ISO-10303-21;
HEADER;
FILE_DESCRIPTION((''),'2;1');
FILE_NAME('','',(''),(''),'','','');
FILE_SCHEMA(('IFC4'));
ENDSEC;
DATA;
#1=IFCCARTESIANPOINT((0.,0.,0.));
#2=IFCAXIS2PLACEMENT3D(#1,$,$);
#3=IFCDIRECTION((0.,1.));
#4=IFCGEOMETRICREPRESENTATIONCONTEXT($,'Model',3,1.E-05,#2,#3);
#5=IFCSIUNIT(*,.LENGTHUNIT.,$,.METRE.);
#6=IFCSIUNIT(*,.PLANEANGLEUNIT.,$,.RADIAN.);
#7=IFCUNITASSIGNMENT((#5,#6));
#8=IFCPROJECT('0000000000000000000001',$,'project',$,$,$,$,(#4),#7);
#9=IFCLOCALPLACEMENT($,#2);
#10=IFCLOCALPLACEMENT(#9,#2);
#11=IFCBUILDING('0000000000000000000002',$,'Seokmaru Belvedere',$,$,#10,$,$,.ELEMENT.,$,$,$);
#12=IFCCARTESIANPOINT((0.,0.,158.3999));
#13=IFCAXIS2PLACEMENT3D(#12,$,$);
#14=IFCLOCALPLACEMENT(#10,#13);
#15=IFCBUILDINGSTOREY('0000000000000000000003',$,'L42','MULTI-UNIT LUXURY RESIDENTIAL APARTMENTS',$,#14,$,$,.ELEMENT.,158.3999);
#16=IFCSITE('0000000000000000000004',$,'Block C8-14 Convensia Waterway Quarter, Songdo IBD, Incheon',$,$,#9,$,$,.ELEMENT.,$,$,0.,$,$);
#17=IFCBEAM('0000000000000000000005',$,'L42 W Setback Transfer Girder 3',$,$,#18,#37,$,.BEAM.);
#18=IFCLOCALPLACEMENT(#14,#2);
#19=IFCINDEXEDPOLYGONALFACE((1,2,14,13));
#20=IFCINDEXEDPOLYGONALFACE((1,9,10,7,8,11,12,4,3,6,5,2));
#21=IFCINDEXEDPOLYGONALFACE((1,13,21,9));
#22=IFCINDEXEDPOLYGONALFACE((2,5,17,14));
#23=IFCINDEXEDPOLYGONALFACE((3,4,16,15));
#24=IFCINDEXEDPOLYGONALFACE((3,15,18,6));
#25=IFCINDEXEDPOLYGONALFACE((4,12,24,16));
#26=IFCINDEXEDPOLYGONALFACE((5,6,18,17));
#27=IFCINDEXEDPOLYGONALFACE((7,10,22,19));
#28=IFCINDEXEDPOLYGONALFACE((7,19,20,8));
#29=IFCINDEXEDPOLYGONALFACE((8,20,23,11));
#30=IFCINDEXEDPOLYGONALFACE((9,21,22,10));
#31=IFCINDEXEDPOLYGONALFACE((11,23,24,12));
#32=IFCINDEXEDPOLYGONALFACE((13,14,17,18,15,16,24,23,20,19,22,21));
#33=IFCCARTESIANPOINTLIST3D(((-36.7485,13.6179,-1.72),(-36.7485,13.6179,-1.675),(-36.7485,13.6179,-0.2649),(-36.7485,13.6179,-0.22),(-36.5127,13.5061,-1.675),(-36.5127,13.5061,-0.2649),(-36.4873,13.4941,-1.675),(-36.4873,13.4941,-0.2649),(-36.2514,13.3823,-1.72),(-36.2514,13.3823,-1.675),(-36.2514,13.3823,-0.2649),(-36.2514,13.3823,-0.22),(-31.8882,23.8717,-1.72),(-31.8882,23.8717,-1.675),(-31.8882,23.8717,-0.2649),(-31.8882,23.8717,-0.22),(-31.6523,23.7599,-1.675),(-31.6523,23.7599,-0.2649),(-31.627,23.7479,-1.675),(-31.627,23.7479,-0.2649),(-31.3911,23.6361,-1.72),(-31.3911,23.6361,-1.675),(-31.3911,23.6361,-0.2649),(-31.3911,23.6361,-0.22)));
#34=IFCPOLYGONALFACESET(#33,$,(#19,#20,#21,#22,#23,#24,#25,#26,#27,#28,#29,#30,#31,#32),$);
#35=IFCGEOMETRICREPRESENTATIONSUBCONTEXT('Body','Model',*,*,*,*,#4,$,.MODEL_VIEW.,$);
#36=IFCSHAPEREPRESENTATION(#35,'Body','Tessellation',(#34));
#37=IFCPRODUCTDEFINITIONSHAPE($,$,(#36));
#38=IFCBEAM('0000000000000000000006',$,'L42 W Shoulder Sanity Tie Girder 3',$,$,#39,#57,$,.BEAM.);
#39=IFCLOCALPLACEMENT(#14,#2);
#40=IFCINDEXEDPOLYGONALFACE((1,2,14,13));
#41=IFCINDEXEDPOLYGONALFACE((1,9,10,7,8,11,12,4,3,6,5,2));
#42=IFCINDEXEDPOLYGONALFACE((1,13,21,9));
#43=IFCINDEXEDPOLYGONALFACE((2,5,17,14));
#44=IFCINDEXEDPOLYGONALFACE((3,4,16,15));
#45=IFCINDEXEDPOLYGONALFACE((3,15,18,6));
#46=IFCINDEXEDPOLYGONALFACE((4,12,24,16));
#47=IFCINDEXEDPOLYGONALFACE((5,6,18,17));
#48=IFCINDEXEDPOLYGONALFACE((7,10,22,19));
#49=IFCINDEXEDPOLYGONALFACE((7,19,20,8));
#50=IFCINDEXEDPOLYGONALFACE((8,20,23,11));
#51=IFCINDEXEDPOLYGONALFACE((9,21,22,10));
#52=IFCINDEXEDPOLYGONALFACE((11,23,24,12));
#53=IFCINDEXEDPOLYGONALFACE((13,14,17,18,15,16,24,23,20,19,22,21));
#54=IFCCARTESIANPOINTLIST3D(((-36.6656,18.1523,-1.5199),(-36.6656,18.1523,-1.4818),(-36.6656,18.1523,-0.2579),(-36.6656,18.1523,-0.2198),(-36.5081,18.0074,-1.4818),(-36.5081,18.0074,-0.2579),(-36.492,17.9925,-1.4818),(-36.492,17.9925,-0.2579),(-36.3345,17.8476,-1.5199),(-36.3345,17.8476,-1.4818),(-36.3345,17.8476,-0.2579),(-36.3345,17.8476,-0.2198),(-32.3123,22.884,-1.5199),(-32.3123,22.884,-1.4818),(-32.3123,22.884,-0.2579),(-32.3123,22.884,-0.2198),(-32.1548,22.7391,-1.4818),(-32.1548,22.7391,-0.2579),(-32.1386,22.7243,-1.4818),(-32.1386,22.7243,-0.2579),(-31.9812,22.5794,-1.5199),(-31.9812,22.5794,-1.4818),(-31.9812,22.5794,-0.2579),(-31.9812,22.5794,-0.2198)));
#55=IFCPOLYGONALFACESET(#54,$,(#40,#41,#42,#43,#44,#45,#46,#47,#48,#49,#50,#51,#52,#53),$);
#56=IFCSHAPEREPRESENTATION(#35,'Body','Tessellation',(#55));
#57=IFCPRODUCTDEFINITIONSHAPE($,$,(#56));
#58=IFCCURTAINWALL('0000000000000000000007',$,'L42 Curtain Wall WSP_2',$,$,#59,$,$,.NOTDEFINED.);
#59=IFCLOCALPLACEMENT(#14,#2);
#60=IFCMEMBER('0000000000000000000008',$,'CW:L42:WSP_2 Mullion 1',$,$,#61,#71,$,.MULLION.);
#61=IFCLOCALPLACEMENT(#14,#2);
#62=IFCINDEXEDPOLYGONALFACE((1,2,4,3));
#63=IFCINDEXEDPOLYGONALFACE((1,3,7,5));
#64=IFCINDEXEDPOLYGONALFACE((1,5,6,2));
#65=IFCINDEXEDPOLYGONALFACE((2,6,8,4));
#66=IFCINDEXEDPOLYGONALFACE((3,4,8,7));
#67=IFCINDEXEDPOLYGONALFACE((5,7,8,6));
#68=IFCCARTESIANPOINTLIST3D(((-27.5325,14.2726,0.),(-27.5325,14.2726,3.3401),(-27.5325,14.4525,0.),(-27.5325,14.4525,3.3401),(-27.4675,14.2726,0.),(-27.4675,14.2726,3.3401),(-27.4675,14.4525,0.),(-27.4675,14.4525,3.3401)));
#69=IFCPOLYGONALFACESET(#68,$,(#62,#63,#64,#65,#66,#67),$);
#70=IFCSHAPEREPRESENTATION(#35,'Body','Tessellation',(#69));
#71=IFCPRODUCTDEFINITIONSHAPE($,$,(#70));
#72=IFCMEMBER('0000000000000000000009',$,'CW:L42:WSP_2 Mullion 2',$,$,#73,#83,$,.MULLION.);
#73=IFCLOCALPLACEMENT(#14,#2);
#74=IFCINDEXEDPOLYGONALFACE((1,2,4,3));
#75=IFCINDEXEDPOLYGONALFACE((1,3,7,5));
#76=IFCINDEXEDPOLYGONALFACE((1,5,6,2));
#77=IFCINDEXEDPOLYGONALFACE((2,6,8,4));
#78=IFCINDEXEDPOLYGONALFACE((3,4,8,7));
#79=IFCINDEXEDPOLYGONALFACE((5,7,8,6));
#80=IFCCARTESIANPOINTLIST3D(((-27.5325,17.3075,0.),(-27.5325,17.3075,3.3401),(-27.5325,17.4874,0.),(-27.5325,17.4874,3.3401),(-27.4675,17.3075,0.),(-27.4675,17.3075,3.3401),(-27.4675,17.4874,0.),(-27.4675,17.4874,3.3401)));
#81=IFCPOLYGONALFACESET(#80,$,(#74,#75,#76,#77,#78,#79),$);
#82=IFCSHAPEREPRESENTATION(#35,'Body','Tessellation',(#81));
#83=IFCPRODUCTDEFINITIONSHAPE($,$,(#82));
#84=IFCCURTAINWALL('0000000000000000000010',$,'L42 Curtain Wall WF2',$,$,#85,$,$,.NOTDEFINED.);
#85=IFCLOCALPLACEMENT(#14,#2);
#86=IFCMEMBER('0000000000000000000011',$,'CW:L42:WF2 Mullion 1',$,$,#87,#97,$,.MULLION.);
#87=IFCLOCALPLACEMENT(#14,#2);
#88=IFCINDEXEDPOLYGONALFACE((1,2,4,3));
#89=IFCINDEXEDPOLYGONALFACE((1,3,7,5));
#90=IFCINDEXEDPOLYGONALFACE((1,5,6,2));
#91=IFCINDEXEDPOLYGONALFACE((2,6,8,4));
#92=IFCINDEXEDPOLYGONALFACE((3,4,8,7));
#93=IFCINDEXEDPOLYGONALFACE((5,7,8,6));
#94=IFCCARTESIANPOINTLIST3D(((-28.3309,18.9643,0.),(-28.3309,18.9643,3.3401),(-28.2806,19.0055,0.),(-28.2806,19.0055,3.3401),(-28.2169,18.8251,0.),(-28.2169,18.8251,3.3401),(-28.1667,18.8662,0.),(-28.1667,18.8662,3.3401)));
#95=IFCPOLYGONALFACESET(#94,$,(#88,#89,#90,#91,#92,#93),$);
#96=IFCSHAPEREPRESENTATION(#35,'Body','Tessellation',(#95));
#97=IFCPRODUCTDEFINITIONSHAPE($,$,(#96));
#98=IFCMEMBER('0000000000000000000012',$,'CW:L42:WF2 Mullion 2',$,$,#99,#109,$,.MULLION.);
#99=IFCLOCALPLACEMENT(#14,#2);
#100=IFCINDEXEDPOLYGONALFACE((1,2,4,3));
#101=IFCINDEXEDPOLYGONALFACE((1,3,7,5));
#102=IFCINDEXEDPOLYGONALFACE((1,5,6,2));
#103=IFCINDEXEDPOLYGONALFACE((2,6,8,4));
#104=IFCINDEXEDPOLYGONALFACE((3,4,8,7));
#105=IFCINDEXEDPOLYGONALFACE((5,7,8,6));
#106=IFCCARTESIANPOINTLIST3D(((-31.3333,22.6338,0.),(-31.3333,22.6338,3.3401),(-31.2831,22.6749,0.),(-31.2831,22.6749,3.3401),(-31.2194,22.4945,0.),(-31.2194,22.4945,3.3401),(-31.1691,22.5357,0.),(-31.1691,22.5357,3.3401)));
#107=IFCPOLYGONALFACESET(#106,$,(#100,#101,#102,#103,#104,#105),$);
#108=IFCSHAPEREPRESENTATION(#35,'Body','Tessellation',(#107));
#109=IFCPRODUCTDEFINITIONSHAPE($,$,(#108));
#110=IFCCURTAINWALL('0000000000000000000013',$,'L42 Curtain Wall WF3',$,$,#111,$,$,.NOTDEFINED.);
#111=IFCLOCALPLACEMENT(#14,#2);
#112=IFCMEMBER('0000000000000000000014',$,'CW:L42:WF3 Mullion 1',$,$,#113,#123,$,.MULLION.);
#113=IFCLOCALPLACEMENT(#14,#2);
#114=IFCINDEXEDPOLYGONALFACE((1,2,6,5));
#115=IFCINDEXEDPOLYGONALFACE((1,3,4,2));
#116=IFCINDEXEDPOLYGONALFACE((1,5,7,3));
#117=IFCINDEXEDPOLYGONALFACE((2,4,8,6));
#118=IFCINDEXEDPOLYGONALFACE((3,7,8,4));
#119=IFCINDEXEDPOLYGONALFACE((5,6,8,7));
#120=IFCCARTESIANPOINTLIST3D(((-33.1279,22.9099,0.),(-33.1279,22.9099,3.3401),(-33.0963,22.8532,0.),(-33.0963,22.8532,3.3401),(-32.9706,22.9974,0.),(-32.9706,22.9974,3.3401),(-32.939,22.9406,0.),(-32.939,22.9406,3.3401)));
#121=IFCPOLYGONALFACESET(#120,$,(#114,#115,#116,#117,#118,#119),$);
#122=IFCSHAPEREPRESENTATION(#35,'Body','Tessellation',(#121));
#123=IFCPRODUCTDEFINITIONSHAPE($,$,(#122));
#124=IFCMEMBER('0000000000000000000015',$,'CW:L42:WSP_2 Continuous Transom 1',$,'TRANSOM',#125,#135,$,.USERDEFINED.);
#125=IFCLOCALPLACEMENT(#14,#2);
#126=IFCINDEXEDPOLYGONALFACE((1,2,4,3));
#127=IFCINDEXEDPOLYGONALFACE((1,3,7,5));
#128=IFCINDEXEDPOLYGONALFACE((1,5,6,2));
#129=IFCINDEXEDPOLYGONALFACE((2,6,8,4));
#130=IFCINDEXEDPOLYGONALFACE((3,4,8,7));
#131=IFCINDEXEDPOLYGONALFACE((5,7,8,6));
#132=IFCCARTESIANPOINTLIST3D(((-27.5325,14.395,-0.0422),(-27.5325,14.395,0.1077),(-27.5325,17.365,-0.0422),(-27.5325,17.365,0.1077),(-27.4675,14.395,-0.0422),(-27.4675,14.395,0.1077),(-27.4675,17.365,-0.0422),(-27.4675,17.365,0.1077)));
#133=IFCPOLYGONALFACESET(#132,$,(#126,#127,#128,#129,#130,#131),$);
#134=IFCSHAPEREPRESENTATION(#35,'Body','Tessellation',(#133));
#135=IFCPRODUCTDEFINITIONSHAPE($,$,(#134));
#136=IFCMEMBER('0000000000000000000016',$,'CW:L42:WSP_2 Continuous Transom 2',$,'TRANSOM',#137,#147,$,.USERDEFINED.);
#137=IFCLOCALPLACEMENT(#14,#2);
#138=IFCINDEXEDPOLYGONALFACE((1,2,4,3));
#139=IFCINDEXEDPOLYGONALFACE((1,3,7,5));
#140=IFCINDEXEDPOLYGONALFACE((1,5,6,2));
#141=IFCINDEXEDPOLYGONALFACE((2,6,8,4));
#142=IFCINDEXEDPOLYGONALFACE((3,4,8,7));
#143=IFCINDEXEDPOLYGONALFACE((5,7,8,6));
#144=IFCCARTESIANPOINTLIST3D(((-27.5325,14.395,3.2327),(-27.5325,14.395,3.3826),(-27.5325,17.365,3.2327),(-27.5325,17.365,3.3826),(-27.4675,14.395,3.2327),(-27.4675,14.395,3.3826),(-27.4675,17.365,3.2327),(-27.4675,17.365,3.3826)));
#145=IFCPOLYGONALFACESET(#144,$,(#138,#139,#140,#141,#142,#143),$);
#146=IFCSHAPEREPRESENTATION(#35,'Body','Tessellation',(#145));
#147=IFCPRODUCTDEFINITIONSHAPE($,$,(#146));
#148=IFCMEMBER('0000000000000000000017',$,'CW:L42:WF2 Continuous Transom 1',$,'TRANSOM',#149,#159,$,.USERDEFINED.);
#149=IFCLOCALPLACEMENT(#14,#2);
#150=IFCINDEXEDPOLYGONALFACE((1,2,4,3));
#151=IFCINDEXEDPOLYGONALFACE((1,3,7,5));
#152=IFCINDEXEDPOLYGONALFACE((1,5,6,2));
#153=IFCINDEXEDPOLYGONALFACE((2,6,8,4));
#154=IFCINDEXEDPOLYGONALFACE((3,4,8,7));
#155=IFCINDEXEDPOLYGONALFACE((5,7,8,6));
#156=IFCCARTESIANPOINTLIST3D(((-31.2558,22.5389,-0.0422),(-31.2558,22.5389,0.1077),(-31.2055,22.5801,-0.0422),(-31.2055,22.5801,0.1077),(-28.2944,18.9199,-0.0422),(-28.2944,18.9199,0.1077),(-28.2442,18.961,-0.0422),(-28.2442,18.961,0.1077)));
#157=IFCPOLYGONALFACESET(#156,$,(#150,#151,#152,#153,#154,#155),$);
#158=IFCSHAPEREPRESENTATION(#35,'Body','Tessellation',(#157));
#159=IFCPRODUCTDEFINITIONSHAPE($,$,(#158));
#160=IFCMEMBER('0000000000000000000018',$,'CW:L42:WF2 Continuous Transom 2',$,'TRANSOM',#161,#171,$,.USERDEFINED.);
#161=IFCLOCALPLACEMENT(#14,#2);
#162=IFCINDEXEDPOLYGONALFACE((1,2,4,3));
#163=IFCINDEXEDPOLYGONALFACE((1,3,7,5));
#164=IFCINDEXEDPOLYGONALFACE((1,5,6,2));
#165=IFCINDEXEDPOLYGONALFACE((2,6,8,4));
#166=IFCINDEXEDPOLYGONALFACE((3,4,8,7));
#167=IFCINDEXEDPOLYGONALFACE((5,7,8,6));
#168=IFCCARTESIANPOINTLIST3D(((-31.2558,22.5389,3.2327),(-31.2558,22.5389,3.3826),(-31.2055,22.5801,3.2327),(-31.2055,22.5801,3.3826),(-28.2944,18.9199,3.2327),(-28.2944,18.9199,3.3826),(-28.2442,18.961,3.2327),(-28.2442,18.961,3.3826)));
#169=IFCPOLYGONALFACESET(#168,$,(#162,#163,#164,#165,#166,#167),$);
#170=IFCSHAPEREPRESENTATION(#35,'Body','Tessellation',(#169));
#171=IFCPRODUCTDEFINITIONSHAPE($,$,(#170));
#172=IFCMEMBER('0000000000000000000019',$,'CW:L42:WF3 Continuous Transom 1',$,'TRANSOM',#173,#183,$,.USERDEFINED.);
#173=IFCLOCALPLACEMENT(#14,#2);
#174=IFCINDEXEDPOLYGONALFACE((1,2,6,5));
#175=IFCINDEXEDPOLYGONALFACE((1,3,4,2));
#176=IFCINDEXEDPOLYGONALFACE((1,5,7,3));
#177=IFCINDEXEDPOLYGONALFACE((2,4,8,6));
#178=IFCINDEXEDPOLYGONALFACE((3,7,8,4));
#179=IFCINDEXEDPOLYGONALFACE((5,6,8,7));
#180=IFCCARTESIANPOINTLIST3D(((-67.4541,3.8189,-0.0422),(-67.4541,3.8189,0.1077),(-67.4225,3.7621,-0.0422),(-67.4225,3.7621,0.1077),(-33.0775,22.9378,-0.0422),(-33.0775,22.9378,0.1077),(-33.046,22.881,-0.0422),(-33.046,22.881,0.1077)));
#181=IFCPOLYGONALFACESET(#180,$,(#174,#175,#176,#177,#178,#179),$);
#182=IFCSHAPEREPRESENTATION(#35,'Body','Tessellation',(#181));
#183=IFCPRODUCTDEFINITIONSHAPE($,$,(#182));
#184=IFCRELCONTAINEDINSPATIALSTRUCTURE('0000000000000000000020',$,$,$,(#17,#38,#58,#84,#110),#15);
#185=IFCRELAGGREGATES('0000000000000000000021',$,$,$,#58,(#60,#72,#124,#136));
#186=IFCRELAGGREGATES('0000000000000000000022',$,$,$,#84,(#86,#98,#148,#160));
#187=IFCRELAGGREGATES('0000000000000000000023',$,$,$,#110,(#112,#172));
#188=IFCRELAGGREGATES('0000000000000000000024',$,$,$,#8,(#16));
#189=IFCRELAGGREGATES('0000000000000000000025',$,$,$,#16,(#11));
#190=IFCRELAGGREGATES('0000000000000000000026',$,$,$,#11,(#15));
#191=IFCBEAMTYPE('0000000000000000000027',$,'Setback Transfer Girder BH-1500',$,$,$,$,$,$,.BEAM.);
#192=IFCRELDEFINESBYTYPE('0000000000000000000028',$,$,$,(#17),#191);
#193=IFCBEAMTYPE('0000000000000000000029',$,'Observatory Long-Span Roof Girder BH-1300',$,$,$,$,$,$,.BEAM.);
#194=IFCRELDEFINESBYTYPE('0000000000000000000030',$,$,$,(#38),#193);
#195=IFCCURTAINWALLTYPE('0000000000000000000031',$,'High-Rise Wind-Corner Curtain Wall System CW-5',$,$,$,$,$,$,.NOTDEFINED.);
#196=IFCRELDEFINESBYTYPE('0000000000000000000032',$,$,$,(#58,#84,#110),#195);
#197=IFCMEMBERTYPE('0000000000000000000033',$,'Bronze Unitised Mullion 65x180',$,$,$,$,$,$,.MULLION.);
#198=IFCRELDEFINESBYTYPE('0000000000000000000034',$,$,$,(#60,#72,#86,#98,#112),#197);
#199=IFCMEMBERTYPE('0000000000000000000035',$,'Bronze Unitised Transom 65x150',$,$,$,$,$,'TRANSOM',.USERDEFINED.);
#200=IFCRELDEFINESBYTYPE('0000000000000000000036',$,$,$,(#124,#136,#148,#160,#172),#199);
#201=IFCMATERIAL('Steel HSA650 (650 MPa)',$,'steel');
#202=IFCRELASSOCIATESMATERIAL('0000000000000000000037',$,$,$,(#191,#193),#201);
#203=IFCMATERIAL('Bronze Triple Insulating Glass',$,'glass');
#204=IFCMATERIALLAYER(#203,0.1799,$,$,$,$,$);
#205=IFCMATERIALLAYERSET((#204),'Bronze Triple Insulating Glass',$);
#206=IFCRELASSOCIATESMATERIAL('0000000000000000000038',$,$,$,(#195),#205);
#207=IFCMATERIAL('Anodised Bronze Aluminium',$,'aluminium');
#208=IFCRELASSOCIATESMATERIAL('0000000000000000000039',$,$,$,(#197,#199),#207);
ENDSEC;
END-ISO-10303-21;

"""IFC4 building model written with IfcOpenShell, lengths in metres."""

from ifc_helpers import new_model, si_unit, direction, frame, origin, origin_2d, place, context, subcontext, project, spatial, rectangle, i_section, extrude, source, transform, mapped, material, layer, layer_set, material_profile, profile_set, type_object, type_shapes, element, aggregate, save


model = new_model("IFC4")

# Units and contexts
model_context = context("Model", 3, precision=1e-05, world=origin(), true_north=direction((0.0, 1.0)))
body_context = subcontext(model_context, "Body", "Model", "MODEL_VIEW")
ifc_project = project(units=[si_unit("LENGTHUNIT", "METRE"), si_unit("PLANEANGLEUNIT", "RADIAN")], contexts=[model_context])

# Site, building, storey
site_placement = place(None, origin())
site = spatial("IfcSite", under=ifc_project, at=site_placement, Name="Block C8-14 Convensia Waterway Quarter, Songdo IBD, Incheon", CompositionType="ELEMENT", RefElevation=0.0)
building_placement = place(site_placement, origin())
building = spatial("IfcBuilding", under=site, at=building_placement, Name="Seokmaru Belvedere", CompositionType="ELEMENT")
storey_placement = place(building_placement, frame((0.0, 0.0, 158.3999)))
storey = spatial("IfcBuildingStorey", under=building, at=storey_placement, Name="L42", Description="MULTI-UNIT LUXURY RESIDENTIAL APARTMENTS", CompositionType="ELEMENT", Elevation=158.3999)

# Shared definitions
ifc_material_1 = material(Name="Steel HSA650 (650 MPa)", Category="steel")

# Beams
ifc_material_profile_1 = material_profile(ifc_material_1, i_section(OverallWidth=0.55, OverallDepth=1.5, WebThickness=0.0281, FlangeThickness=0.0449, at=origin_2d()), Name="BH-1500x550x28x45")
ifc_profile_set_1 = profile_set([ifc_material_profile_1], Name="Steel HSA650 (650 MPa)")
beam_type_1 = type_object("IfcBeamType", Name="Setback Transfer Girder BH-1500", PredefinedType="BEAM", material=ifc_profile_set_1)
ifc_material_profile_2 = material_profile(ifc_material_1, i_section(OverallWidth=0.45, OverallDepth=1.3, WebThickness=0.022, FlangeThickness=0.0381, at=origin_2d()), Name="BH-1300x450x22x38")
ifc_profile_set_2 = profile_set([ifc_material_profile_2], Name="Steel HSA650 (650 MPa)")
beam_type_2 = type_object("IfcBeamType", Name="Observatory Long-Span Roof Girder BH-1300", PredefinedType="BEAM", material=ifc_profile_set_2)
shared_shape_1 = source(origin(), body_context, "Body", "SweptSolid", [
    extrude(i_section(OverallWidth=0.55, OverallDepth=1.5, WebThickness=0.0281, FlangeThickness=0.0449, at=origin_2d()), origin(), (0.0, 0.0, 1.0), 11.3474),
])
beam_1_placement = place(storey_placement, frame((-31.6396, 23.7539, -0.97), z_axis=(-0.428319, -0.903627, 0.0), x_axis=(0.903627, -0.428319, 0.0)))
element("IfcBeam", 1, at=beam_1_placement, inside=storey, type_object=beam_type_1, Name="L42 W Setback Transfer Girder 3", PredefinedType="BEAM", context=body_context, shape_type="MappedRepresentation", body=[
    mapped(shared_shape_1, transform((0.0, 0.0, 0.0), scale=1.0)),
])
shared_shape_2 = source(origin(), body_context, "Body", "SweptSolid", [
    extrude(i_section(OverallWidth=0.45, OverallDepth=1.3, WebThickness=0.022, FlangeThickness=0.0381, at=origin_2d()), origin(), (0.0, 0.0, 1.0), 6.4297),
])
beam_2_placement = place(storey_placement, frame((-32.1467, 22.7317, -0.8699), z_axis=(-0.677066, -0.735922, 0.0), x_axis=(0.735922, -0.677066, 0.0)))
element("IfcBeam", 2, at=beam_2_placement, inside=storey, type_object=beam_type_2, Name="L42 W Shoulder Sanity Tie Girder 3", PredefinedType="BEAM", context=body_context, shape_type="MappedRepresentation", body=[
    mapped(shared_shape_2, transform((0.0, 0.0, 0.0), scale=1.0)),
])

# Curtain walls, members
ifc_material_2 = material(Name="Bronze Triple Insulating Glass", Category="glass")
ifc_layer_1 = layer(ifc_material_2, 0.1799)
ifc_layer_set_1 = layer_set([ifc_layer_1], Name="Bronze Triple Insulating Glass")
curtain_wall_type = type_object("IfcCurtainWallType", Name="High-Rise Wind-Corner Curtain Wall System CW-5", PredefinedType="NOTDEFINED", material=ifc_layer_set_1)
curtain_wall_1_placement = place(storey_placement, origin())
curtain_wall_1 = element("IfcCurtainWall", 3, at=curtain_wall_1_placement, inside=storey, type_object=curtain_wall_type, Name="L42 Curtain Wall WSP_2", PredefinedType="NOTDEFINED")
ifc_material_3 = material(Name="Anodised Bronze Aluminium", Category="aluminium")
ifc_material_profile_3 = material_profile(ifc_material_3, rectangle(XDim=0.0649, YDim=0.1799, at=origin_2d()), Name="CW-M-65x180")
ifc_profile_set_3 = profile_set([ifc_material_profile_3], Name="Anodised Bronze Aluminium")
member_type_1 = type_object("IfcMemberType", Name="Bronze Unitised Mullion 65x180", PredefinedType="MULLION", material=ifc_profile_set_3)
shared_shape_3 = source(origin(), body_context, "Body", "SweptSolid", [
    extrude(rectangle(XDim=0.0649, YDim=0.1799, at=origin_2d()), origin(), (0.0, 0.0, 1.0), 3.3401),
])
type_shapes(member_type_1, [shared_shape_3])
member_1_placement = place(storey_placement, frame((-27.5, 14.3625, 0.0), z_axis=(0.0, 0.0, 1.0), x_axis=(-1.0, 0.0, 0.0)))
member_1 = element("IfcMember", 4, at=member_1_placement, type_object=member_type_1, Name="CW:L42:WSP_2 Mullion 1", PredefinedType="MULLION", context=body_context, shape_type="MappedRepresentation", body=[
    mapped(shared_shape_3, transform((0.0, 0.0, 0.0), scale=1.0)),
])
member_2_placement = place(storey_placement, frame((-27.5, 17.3975, 0.0), z_axis=(0.0, 0.0, 1.0), x_axis=(-1.0, 0.0, 0.0)))
member_2 = element("IfcMember", 5, at=member_2_placement, type_object=member_type_1, Name="CW:L42:WSP_2 Mullion 2", PredefinedType="MULLION", context=body_context, shape_type="MappedRepresentation", body=[
    mapped(shared_shape_3, transform((0.0, 0.0, 0.0), scale=1.0)),
])
curtain_wall_2_placement = place(storey_placement, origin())
curtain_wall_2 = element("IfcCurtainWall", 6, at=curtain_wall_2_placement, inside=storey, type_object=curtain_wall_type, Name="L42 Curtain Wall WF2", PredefinedType="NOTDEFINED")
member_3_placement = place(storey_placement, frame((-28.2488, 18.9153, 0.0), z_axis=(0.0, 0.0, 1.0), x_axis=(-0.773944, -0.633254, 0.0)))
member_3 = element("IfcMember", 7, at=member_3_placement, type_object=member_type_1, Name="CW:L42:WF2 Mullion 1", PredefinedType="MULLION", context=body_context, shape_type="MappedRepresentation", body=[
    mapped(shared_shape_3, transform((0.0, 0.0, 0.0), scale=1.0)),
])
member_4_placement = place(storey_placement, frame((-31.2512, 22.5847, 0.0), z_axis=(0.0, 0.0, 1.0), x_axis=(-0.773944, -0.633254, 0.0)))
member_4 = element("IfcMember", 8, at=member_4_placement, type_object=member_type_1, Name="CW:L42:WF2 Mullion 2", PredefinedType="MULLION", context=body_context, shape_type="MappedRepresentation", body=[
    mapped(shared_shape_3, transform((0.0, 0.0, 0.0), scale=1.0)),
])

# Curtain wall, member
curtain_wall_3_placement = place(storey_placement, origin())
curtain_wall_3 = element("IfcCurtainWall", 9, at=curtain_wall_3_placement, inside=storey, type_object=curtain_wall_type, Name="L42 Curtain Wall WF3", PredefinedType="NOTDEFINED")
member_5_placement = place(storey_placement, frame((-33.0334, 22.9253, 0.0), z_axis=(0.0, 0.0, 1.0), x_axis=(0.486047, -0.873933, 0.0)))
member_5 = element("IfcMember", 10, at=member_5_placement, type_object=member_type_1, Name="CW:L42:WF3 Mullion 1", PredefinedType="MULLION", context=body_context, shape_type="MappedRepresentation", body=[
    mapped(shared_shape_3, transform((0.0, 0.0, 0.0), scale=1.0)),
])

# Members
ifc_material_profile_4 = material_profile(ifc_material_3, rectangle(XDim=0.0649, YDim=0.1499, at=origin_2d()), Name="CW-T-65x150")
ifc_profile_set_4 = profile_set([ifc_material_profile_4], Name="Anodised Bronze Aluminium")
member_type_2 = type_object("IfcMemberType", Name="Bronze Unitised Transom 65x150", ElementType="TRANSOM", PredefinedType="USERDEFINED", material=ifc_profile_set_4)
shared_shape_4 = source(origin(), body_context, "Body", "SweptSolid", [
    extrude(rectangle(XDim=0.0649, YDim=0.1499, at=origin_2d()), origin(), (0.0, 0.0, 1.0), 2.97),
])
member_6_placement = place(storey_placement, frame((-27.5, 14.395, 0.0327), z_axis=(0.0, 1.0, 0.0), x_axis=(-1.0, 0.0, 0.0)))
member_6 = element("IfcMember", 11, at=member_6_placement, type_object=member_type_2, Name="CW:L42:WSP_2 Continuous Transom 1", ObjectType="TRANSOM", PredefinedType="USERDEFINED", context=body_context, shape_type="MappedRepresentation", body=[
    mapped(shared_shape_4, transform((0.0, 0.0, 0.0), scale=1.0)),
])
member_7_placement = place(storey_placement, frame((-27.5, 14.395, 3.3076), z_axis=(0.0, 1.0, 0.0), x_axis=(-1.0, 0.0, 0.0)))
member_7 = element("IfcMember", 12, at=member_7_placement, type_object=member_type_2, Name="CW:L42:WSP_2 Continuous Transom 2", ObjectType="TRANSOM", PredefinedType="USERDEFINED", context=body_context, shape_type="MappedRepresentation", body=[
    mapped(shared_shape_4, transform((0.0, 0.0, 0.0), scale=1.0)),
])
shared_shape_5 = source(origin(), body_context, "Body", "SweptSolid", [
    extrude(rectangle(XDim=0.0649, YDim=0.1499, at=origin_2d()), origin(), (0.0, 0.0, 1.0), 4.6763),
])
member_8_placement = place(storey_placement, frame((-28.2693, 18.9404, 0.0327), z_axis=(-0.633278, 0.773925, 0.0), x_axis=(-0.773925, -0.633278, 0.0)))
member_8 = element("IfcMember", 13, at=member_8_placement, type_object=member_type_2, Name="CW:L42:WF2 Continuous Transom 1", ObjectType="TRANSOM", PredefinedType="USERDEFINED", context=body_context, shape_type="MappedRepresentation", body=[
    mapped(shared_shape_5, transform((0.0, 0.0, 0.0), scale=1.0)),
])
member_9_placement = place(storey_placement, frame((-28.2693, 18.9404, 3.3076), z_axis=(-0.633278, 0.773925, 0.0), x_axis=(-0.773925, -0.633278, 0.0)))
member_9 = element("IfcMember", 14, at=member_9_placement, type_object=member_type_2, Name="CW:L42:WF2 Continuous Transom 2", ObjectType="TRANSOM", PredefinedType="USERDEFINED", context=body_context, shape_type="MappedRepresentation", body=[
    mapped(shared_shape_5, transform((0.0, 0.0, 0.0), scale=1.0)),
])
shared_shape_6 = source(origin(), body_context, "Body", "SweptSolid", [
    extrude(rectangle(XDim=0.0649, YDim=0.1499, at=origin_2d()), origin(), (0.0, 0.0, 1.0), 39.3354),
])
type_shapes(member_type_2, [shared_shape_4, shared_shape_5, shared_shape_6])
member_10_placement = place(storey_placement, frame((-33.0618, 22.9094, 0.0327), z_axis=(-0.873932, -0.486048, 0.0), x_axis=(0.486048, -0.873932, 0.0)))
member_10 = element("IfcMember", 15, at=member_10_placement, type_object=member_type_2, Name="CW:L42:WF3 Continuous Transom 1", ObjectType="TRANSOM", PredefinedType="USERDEFINED", context=body_context, shape_type="MappedRepresentation", body=[
    mapped(shared_shape_6, transform((0.0, 0.0, 0.0), scale=1.0)),
])

aggregate(curtain_wall_1, [member_1, member_2, member_6, member_7])
aggregate(curtain_wall_2, [member_3, member_4, member_8, member_9])
aggregate(curtain_wall_3, [member_5, member_10])

save(model, "model.ifc")
